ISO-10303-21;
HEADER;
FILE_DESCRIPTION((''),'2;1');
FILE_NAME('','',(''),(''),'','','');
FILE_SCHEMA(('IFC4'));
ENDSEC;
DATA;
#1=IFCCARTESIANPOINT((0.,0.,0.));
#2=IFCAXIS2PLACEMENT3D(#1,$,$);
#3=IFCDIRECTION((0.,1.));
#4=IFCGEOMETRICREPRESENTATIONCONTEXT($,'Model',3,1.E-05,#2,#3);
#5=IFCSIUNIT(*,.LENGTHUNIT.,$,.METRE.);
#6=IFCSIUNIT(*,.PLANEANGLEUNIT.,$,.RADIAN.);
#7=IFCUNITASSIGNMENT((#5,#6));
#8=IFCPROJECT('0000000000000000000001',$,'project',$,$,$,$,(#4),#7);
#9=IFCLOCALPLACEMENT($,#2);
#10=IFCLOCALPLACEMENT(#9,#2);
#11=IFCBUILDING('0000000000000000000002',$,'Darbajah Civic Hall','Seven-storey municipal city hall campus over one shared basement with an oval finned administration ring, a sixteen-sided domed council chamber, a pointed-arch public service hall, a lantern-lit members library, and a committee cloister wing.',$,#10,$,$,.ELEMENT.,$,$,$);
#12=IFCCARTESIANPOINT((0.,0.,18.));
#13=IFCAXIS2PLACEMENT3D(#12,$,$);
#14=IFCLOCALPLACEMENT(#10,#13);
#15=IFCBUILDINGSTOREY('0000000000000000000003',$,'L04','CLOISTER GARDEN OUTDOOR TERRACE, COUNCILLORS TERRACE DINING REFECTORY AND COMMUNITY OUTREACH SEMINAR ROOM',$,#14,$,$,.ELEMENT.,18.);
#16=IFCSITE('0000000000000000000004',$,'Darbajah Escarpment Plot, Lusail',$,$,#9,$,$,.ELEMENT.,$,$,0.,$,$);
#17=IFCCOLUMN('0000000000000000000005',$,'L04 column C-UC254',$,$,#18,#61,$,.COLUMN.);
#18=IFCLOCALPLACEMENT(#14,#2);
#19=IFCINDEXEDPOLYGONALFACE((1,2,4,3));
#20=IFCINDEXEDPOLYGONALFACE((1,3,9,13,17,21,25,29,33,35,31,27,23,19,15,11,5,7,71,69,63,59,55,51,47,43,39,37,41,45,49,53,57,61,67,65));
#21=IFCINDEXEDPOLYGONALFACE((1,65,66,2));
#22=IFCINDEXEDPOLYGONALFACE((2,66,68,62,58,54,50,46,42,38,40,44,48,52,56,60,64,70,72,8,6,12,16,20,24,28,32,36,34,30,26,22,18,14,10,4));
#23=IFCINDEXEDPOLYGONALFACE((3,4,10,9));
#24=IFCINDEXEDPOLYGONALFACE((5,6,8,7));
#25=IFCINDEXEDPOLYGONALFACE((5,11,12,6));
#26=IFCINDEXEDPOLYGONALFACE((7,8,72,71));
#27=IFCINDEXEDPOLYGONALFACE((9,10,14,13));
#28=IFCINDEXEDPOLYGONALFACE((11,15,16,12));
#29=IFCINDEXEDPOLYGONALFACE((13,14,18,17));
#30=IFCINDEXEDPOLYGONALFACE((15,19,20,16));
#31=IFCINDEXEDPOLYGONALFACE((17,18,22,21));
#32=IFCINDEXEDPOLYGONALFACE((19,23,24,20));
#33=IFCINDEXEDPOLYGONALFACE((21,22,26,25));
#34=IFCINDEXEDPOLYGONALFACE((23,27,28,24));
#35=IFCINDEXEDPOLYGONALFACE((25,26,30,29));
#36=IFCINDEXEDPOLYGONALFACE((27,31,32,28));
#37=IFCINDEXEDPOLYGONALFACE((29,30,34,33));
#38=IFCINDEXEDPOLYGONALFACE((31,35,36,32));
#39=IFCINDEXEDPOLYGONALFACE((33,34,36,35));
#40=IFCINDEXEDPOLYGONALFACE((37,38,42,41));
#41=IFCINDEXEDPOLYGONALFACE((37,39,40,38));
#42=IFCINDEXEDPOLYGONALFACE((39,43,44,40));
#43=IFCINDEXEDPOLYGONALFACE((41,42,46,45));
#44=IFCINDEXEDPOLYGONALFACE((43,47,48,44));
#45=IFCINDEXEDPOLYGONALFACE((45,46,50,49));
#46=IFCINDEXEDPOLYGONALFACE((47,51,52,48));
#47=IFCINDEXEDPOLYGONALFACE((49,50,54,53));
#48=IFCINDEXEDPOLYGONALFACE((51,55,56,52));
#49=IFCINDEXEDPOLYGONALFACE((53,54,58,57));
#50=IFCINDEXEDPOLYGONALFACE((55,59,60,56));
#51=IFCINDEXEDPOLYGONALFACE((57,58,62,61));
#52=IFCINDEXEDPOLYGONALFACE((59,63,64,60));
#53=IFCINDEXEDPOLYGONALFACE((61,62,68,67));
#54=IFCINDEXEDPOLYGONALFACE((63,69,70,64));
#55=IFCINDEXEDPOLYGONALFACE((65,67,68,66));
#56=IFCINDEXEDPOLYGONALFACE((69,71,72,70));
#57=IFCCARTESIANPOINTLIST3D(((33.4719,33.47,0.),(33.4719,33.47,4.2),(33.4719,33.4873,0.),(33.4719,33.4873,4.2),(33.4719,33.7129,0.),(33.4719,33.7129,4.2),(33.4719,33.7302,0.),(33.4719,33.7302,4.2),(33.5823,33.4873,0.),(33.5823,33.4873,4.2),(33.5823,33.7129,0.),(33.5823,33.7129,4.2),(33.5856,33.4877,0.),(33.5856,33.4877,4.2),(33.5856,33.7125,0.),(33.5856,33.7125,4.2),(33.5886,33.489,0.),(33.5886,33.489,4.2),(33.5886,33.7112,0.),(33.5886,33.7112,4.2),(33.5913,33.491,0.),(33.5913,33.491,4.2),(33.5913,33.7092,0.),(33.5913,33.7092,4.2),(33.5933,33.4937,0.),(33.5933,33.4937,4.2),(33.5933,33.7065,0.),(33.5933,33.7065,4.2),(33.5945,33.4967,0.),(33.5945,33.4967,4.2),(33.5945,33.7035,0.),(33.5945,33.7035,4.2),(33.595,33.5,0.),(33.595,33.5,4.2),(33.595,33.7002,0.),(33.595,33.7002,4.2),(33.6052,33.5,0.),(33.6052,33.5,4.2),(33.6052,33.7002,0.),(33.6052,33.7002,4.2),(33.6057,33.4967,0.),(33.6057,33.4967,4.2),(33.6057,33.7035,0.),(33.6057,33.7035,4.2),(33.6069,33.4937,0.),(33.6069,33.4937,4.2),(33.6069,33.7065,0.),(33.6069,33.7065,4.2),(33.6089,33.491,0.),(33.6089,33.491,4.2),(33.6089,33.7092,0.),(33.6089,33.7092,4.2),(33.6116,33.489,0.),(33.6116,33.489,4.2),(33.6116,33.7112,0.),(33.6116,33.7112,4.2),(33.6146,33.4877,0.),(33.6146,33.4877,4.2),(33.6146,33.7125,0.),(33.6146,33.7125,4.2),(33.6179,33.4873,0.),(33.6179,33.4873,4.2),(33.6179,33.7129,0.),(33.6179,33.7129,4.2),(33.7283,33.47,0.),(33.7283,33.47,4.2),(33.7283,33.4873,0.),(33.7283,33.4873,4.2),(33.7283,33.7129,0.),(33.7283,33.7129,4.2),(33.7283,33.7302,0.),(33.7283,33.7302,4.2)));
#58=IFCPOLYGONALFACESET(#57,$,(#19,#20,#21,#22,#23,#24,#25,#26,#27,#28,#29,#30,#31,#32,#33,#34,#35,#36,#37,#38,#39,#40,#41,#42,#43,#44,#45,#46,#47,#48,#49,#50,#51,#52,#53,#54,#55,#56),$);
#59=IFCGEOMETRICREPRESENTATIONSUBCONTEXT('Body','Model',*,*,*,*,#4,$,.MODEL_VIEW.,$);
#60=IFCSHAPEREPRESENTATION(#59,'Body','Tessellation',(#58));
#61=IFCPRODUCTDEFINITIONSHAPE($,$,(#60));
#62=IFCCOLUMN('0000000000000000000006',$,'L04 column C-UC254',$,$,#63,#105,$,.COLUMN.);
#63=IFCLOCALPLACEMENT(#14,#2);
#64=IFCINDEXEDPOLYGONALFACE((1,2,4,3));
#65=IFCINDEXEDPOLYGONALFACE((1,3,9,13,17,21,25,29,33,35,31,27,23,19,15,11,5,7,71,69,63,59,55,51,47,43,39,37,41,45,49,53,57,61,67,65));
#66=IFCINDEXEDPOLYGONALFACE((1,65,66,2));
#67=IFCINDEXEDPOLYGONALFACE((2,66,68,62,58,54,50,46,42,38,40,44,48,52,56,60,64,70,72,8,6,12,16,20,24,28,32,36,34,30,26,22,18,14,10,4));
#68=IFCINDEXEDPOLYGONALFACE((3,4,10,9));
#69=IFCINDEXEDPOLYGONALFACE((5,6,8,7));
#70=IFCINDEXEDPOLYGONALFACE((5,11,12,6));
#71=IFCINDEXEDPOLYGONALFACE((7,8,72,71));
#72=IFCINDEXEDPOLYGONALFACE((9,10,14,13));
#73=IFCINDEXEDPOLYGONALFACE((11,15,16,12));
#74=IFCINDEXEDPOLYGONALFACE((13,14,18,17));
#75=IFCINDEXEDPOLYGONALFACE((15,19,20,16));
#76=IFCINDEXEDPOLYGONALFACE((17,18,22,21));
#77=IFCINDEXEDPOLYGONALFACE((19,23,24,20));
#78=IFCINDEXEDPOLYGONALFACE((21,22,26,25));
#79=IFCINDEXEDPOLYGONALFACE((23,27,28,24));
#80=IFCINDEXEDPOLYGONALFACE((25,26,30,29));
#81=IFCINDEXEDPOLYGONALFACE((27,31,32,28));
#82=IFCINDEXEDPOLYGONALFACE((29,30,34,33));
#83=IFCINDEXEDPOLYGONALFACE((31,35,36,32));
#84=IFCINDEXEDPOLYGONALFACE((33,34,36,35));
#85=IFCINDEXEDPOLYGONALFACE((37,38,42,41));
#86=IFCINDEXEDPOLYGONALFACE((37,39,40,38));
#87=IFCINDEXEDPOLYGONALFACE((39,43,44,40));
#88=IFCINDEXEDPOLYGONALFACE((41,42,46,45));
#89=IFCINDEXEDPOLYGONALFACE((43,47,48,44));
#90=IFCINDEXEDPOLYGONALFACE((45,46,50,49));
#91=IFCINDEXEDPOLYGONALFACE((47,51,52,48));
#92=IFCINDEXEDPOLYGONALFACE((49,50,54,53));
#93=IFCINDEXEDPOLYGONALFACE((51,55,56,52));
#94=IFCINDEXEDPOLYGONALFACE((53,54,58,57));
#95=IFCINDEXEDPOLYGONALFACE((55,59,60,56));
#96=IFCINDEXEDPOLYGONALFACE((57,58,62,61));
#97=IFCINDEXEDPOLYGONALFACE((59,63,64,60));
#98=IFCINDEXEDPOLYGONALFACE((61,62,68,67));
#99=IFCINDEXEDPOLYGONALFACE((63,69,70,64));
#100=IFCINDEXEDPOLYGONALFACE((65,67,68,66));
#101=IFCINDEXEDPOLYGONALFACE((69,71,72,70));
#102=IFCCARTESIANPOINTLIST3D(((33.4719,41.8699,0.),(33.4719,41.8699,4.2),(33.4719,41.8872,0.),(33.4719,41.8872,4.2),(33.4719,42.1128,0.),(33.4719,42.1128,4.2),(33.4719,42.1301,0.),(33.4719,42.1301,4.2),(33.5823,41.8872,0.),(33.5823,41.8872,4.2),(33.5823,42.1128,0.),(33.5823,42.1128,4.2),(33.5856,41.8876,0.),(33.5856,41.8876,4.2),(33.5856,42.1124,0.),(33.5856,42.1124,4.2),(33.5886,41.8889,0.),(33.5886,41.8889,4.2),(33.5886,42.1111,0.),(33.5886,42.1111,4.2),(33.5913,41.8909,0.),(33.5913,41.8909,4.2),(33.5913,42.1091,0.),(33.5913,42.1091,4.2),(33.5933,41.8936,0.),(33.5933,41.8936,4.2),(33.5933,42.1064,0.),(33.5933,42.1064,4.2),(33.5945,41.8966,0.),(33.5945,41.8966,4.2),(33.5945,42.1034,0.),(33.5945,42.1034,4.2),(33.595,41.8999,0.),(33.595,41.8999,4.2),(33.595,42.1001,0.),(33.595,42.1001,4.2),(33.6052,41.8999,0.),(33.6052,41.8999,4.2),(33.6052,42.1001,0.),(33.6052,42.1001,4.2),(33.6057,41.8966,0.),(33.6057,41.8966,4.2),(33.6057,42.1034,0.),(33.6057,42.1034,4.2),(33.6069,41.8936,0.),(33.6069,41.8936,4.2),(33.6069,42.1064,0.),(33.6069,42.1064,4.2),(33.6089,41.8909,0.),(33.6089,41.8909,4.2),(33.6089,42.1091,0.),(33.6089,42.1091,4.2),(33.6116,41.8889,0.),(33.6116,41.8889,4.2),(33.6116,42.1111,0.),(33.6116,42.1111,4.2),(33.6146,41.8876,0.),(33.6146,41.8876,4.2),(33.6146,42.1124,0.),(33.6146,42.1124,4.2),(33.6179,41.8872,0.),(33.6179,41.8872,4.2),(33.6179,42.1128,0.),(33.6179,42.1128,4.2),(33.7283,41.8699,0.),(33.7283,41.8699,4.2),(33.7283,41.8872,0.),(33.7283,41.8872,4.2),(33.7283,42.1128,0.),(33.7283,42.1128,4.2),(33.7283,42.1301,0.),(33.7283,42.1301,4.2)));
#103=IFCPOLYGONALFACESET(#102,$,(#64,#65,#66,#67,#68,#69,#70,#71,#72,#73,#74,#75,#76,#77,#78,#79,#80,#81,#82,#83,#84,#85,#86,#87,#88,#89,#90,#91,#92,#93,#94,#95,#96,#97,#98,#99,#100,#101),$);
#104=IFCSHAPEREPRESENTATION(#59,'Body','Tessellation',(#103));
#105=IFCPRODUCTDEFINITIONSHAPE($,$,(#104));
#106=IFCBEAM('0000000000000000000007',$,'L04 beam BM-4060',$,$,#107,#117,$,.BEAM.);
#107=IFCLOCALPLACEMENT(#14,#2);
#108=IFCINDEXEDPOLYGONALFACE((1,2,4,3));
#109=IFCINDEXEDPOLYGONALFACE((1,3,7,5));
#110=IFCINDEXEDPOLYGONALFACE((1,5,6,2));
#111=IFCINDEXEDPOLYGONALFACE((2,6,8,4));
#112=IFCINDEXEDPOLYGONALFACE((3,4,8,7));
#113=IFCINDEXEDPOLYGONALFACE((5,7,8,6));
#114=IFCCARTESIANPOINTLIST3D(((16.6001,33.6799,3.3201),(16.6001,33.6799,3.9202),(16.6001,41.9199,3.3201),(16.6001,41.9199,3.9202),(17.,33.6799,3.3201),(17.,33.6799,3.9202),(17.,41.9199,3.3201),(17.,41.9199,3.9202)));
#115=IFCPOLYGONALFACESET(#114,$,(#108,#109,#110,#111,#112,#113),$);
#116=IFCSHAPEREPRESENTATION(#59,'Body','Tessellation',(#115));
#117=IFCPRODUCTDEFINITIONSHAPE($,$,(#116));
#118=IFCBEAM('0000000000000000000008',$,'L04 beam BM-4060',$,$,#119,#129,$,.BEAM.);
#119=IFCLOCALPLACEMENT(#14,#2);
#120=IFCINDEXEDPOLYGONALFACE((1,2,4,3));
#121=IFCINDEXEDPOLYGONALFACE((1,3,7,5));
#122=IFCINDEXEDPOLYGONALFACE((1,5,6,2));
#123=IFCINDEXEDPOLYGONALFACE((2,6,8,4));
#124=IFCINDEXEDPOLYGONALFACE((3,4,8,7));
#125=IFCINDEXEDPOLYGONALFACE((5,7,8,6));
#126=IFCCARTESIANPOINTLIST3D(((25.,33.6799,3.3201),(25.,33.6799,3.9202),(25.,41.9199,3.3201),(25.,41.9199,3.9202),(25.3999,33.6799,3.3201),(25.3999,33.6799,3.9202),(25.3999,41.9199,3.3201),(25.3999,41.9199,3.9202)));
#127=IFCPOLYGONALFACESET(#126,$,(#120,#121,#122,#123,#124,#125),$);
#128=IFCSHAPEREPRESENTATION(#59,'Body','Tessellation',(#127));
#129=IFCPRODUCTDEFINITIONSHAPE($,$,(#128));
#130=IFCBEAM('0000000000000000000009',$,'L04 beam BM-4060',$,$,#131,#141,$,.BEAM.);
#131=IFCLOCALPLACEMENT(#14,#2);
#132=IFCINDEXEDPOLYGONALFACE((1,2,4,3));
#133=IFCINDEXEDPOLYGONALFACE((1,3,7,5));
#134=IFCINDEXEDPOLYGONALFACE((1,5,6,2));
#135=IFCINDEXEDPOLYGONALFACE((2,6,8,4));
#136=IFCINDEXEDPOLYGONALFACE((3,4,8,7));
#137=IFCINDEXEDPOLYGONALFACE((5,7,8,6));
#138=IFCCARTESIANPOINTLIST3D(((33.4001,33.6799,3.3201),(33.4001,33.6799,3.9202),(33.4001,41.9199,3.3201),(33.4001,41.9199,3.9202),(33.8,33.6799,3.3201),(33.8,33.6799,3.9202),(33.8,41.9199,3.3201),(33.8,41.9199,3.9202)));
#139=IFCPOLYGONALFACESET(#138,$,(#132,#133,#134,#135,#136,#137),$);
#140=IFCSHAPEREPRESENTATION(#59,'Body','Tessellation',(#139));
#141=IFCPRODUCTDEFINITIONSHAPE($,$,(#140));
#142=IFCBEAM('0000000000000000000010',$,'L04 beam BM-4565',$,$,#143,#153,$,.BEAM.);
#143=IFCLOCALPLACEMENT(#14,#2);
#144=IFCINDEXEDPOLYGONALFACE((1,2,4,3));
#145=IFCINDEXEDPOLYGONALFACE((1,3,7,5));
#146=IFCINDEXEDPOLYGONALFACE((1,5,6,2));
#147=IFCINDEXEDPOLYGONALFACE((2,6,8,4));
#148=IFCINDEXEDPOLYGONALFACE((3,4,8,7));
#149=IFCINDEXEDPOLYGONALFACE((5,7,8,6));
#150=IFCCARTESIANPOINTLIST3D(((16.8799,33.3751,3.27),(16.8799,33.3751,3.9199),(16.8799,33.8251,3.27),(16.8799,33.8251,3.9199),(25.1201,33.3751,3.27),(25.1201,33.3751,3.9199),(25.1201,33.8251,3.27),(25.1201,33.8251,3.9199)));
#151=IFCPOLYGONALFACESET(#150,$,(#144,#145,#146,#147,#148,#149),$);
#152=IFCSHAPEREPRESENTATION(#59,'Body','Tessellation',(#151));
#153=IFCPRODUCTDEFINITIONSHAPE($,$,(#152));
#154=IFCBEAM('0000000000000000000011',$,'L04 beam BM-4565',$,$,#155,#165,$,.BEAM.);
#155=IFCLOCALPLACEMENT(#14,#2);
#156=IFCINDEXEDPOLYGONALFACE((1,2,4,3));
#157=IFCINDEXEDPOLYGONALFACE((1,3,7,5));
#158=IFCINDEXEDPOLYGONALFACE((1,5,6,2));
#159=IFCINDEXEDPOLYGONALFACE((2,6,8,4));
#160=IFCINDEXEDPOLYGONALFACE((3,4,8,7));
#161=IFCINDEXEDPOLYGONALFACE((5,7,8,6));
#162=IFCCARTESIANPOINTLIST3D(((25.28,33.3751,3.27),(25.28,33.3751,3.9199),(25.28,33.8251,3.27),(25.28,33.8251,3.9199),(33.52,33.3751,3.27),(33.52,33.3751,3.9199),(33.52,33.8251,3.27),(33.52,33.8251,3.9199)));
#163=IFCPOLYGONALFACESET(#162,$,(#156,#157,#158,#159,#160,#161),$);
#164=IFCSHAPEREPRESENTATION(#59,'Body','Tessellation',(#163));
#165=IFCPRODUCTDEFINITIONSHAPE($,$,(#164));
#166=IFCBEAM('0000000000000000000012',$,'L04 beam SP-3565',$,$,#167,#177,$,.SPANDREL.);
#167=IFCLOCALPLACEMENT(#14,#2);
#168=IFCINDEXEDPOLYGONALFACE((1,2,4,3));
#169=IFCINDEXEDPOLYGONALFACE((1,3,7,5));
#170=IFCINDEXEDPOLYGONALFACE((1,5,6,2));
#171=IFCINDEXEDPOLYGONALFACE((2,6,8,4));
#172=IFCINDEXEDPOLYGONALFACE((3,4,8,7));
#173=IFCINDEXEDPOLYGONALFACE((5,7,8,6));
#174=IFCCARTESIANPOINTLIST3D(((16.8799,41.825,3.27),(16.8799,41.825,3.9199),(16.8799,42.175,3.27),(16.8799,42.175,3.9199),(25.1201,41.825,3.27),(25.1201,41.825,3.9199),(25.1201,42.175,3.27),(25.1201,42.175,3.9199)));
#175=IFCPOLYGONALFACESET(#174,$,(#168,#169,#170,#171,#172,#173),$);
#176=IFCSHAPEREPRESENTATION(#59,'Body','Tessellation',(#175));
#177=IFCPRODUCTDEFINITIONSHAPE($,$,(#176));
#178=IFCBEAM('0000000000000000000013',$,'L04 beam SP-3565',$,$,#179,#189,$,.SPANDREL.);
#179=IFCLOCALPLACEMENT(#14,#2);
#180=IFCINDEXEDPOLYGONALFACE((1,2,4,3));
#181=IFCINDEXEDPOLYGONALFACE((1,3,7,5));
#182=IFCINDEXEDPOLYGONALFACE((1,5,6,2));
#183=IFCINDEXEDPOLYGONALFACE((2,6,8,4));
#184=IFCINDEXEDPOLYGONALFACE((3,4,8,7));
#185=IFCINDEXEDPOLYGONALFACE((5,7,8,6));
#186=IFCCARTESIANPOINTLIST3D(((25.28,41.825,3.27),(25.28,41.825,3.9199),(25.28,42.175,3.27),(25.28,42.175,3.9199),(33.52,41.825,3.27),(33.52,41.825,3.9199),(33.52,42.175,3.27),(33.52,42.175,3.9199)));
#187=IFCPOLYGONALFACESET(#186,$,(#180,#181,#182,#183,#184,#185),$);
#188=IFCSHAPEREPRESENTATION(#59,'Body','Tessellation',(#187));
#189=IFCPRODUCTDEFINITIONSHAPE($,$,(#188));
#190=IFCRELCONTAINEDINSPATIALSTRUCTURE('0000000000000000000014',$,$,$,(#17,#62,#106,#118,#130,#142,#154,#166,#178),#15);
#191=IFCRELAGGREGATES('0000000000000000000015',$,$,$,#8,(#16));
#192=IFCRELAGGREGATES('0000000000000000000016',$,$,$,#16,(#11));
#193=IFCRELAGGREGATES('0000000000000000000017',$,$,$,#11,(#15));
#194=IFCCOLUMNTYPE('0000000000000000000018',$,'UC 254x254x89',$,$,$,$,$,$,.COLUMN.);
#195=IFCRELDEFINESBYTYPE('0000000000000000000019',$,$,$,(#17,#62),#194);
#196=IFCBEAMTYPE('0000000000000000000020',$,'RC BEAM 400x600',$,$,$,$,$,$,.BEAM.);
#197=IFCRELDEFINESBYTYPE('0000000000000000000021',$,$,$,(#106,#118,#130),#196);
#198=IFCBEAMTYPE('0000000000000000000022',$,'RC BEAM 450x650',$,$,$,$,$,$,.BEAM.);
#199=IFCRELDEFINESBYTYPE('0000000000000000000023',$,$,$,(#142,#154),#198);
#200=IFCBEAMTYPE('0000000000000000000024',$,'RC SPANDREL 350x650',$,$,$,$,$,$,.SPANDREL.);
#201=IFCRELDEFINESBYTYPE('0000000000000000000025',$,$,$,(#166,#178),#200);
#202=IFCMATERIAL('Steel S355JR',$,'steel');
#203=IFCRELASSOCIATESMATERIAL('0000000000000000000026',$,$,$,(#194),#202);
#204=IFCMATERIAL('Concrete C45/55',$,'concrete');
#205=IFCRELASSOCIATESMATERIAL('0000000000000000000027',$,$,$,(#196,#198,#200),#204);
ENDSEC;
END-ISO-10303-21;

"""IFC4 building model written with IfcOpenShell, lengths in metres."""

from ifc_helpers import new_model, si_unit, direction, frame, origin, origin_2d, place, context, subcontext, project, spatial, rectangle, i_section, extrude, material, material_profile, profile_set, type_object, element, save


model = new_model("IFC4")

# Units and contexts
model_context = context("Model", 3, precision=1e-05, world=origin(), true_north=direction((0.0, 1.0)))
body_context = subcontext(model_context, "Body", "Model", "MODEL_VIEW")
ifc_project = project(units=[si_unit("LENGTHUNIT", "METRE"), si_unit("PLANEANGLEUNIT", "RADIAN")], contexts=[model_context])

# Site, building, storey
site_placement = place(None, origin())
site = spatial("IfcSite", under=ifc_project, at=site_placement, Name="Darbajah Escarpment Plot, Lusail", CompositionType="ELEMENT", RefElevation=0.0)
building_placement = place(site_placement, origin())
building = spatial("IfcBuilding", under=site, at=building_placement, Name="Darbajah Civic Hall", Description="Seven-storey municipal city hall campus over one shared basement with an oval finned administration ring, a sixteen-sided domed council chamber, a pointed-arch public service hall, a lantern-lit members library, and a committee cloister wing.", CompositionType="ELEMENT")
storey_placement = place(building_placement, frame((0.0, 0.0, 18.0)))
storey = spatial("IfcBuildingStorey", under=building, at=storey_placement, Name="L04", Description="CLOISTER GARDEN OUTDOOR TERRACE, COUNCILLORS TERRACE DINING REFECTORY AND COMMUNITY OUTREACH SEMINAR ROOM", CompositionType="ELEMENT", Elevation=18.0)

# Columns
ifc_material_1 = material(Name="Steel S355JR", Category="steel")
ifc_material_profile_1 = material_profile(ifc_material_1, i_section(OverallWidth=0.2563, OverallDepth=0.2603, WebThickness=0.0103, FlangeThickness=0.0173, FilletRadius=0.0127, at=origin_2d()), Name="UC 254x254x89")
ifc_profile_set_1 = profile_set([ifc_material_profile_1], Name="Steel S355JR")
column_type = type_object("IfcColumnType", Name="UC 254x254x89", PredefinedType="COLUMN", material=ifc_profile_set_1)
for number, where, z_axis, x_axis, name in (
    (1, (33.6001, 33.6001, 0.0), (0.0, 0.0, 1.0), (1.0, 0.0, 0.0), "L04 column C-UC254"),
    (2, (33.6001, 42.0, 0.0), (0.0, 0.0, 1.0), (1.0, 0.0, 0.0), "L04 column C-UC254"),
):
    element("IfcColumn", number, at=place(storey_placement, frame(where, z_axis=z_axis, x_axis=x_axis)), inside=storey, type_object=column_type, Name=name, PredefinedType="COLUMN", context=body_context, shape_type="SweptSolid", body=[
        extrude(i_section(OverallWidth=0.2563, OverallDepth=0.2603, WebThickness=0.0103, FlangeThickness=0.0173, FilletRadius=0.0127, at=origin_2d()), origin(), (0.0, 0.0, 1.0), 4.2),
    ])

# Beams
ifc_material_2 = material(Name="Concrete C45/55", Category="concrete")
ifc_material_profile_2 = material_profile(ifc_material_2, rectangle(XDim=0.3999, YDim=0.6001, at=origin_2d()), Name="RC BEAM 400x600")
ifc_profile_set_2 = profile_set([ifc_material_profile_2], Name="Concrete C45/55")
beam_type_1 = type_object("IfcBeamType", Name="RC BEAM 400x600", PredefinedType="BEAM", material=ifc_profile_set_2)
for number, where, z_axis, x_axis, name in (
    (3, (16.8, 33.6799, 3.6201), (0.0, 1.0, 0.0), (-1.0, 0.0, 0.0), "L04 beam BM-4060"),
    (4, (25.2, 33.6799, 3.6201), (0.0, 1.0, 0.0), (-1.0, 0.0, 0.0), "L04 beam BM-4060"),
    (5, (33.6001, 33.6799, 3.6201), (0.0, 1.0, 0.0), (-1.0, 0.0, 0.0), "L04 beam BM-4060"),
):
    element("IfcBeam", number, at=place(storey_placement, frame(where, z_axis=z_axis, x_axis=x_axis)), inside=storey, type_object=beam_type_1, Name=name, PredefinedType="BEAM", context=body_context, shape_type="SweptSolid", body=[
        extrude(rectangle(XDim=0.3999, YDim=0.6001, at=origin_2d()), origin(), (0.0, 0.0, 1.0), 8.24),
    ])
ifc_material_profile_3 = material_profile(ifc_material_2, rectangle(XDim=0.45, YDim=0.6499, at=origin_2d()), Name="RC BEAM 450x650")
ifc_profile_set_3 = profile_set([ifc_material_profile_3], Name="Concrete C45/55")
beam_type_2 = type_object("IfcBeamType", Name="RC BEAM 450x650", PredefinedType="BEAM", material=ifc_profile_set_3)
beam_1_placement = place(storey_placement, frame((16.8799, 33.6001, 3.595), z_axis=(1.0, 0.0, 0.0), x_axis=(0.0, 1.0, 0.0)))
element("IfcBeam", 6, at=beam_1_placement, inside=storey, type_object=beam_type_2, Name="L04 beam BM-4565", PredefinedType="BEAM", context=body_context, shape_type="SweptSolid", body=[
    extrude(rectangle(XDim=0.45, YDim=0.6499, at=origin_2d()), origin(), (0.0, 0.0, 1.0), 8.2402),
])
beam_2_placement = place(storey_placement, frame((25.28, 33.6001, 3.595), z_axis=(1.0, 0.0, 0.0), x_axis=(0.0, 1.0, 0.0)))
element("IfcBeam", 7, at=beam_2_placement, inside=storey, type_object=beam_type_2, Name="L04 beam BM-4565", PredefinedType="BEAM", context=body_context, shape_type="SweptSolid", body=[
    extrude(rectangle(XDim=0.45, YDim=0.6499, at=origin_2d()), origin(), (0.0, 0.0, 1.0), 8.24),
])
ifc_material_profile_4 = material_profile(ifc_material_2, rectangle(XDim=0.3501, YDim=0.6499, at=origin_2d()), Name="RC SPANDREL 350x650")
ifc_profile_set_4 = profile_set([ifc_material_profile_4], Name="Concrete C45/55")
beam_type_3 = type_object("IfcBeamType", Name="RC SPANDREL 350x650", PredefinedType="SPANDREL", material=ifc_profile_set_4)
beam_3_placement = place(storey_placement, frame((16.8799, 42.0, 3.595), z_axis=(1.0, 0.0, 0.0), x_axis=(0.0, 1.0, 0.0)))
element("IfcBeam", 8, at=beam_3_placement, inside=storey, type_object=beam_type_3, Name="L04 beam SP-3565", PredefinedType="SPANDREL", context=body_context, shape_type="SweptSolid", body=[
    extrude(rectangle(XDim=0.3501, YDim=0.6499, at=origin_2d()), origin(), (0.0, 0.0, 1.0), 8.2402),
])
beam_4_placement = place(storey_placement, frame((25.28, 42.0, 3.595), z_axis=(1.0, 0.0, 0.0), x_axis=(0.0, 1.0, 0.0)))
element("IfcBeam", 9, at=beam_4_placement, inside=storey, type_object=beam_type_3, Name="L04 beam SP-3565", PredefinedType="SPANDREL", context=body_context, shape_type="SweptSolid", body=[
    extrude(rectangle(XDim=0.3501, YDim=0.6499, at=origin_2d()), origin(), (0.0, 0.0, 1.0), 8.24),
])

save(model, "model.ifc")
